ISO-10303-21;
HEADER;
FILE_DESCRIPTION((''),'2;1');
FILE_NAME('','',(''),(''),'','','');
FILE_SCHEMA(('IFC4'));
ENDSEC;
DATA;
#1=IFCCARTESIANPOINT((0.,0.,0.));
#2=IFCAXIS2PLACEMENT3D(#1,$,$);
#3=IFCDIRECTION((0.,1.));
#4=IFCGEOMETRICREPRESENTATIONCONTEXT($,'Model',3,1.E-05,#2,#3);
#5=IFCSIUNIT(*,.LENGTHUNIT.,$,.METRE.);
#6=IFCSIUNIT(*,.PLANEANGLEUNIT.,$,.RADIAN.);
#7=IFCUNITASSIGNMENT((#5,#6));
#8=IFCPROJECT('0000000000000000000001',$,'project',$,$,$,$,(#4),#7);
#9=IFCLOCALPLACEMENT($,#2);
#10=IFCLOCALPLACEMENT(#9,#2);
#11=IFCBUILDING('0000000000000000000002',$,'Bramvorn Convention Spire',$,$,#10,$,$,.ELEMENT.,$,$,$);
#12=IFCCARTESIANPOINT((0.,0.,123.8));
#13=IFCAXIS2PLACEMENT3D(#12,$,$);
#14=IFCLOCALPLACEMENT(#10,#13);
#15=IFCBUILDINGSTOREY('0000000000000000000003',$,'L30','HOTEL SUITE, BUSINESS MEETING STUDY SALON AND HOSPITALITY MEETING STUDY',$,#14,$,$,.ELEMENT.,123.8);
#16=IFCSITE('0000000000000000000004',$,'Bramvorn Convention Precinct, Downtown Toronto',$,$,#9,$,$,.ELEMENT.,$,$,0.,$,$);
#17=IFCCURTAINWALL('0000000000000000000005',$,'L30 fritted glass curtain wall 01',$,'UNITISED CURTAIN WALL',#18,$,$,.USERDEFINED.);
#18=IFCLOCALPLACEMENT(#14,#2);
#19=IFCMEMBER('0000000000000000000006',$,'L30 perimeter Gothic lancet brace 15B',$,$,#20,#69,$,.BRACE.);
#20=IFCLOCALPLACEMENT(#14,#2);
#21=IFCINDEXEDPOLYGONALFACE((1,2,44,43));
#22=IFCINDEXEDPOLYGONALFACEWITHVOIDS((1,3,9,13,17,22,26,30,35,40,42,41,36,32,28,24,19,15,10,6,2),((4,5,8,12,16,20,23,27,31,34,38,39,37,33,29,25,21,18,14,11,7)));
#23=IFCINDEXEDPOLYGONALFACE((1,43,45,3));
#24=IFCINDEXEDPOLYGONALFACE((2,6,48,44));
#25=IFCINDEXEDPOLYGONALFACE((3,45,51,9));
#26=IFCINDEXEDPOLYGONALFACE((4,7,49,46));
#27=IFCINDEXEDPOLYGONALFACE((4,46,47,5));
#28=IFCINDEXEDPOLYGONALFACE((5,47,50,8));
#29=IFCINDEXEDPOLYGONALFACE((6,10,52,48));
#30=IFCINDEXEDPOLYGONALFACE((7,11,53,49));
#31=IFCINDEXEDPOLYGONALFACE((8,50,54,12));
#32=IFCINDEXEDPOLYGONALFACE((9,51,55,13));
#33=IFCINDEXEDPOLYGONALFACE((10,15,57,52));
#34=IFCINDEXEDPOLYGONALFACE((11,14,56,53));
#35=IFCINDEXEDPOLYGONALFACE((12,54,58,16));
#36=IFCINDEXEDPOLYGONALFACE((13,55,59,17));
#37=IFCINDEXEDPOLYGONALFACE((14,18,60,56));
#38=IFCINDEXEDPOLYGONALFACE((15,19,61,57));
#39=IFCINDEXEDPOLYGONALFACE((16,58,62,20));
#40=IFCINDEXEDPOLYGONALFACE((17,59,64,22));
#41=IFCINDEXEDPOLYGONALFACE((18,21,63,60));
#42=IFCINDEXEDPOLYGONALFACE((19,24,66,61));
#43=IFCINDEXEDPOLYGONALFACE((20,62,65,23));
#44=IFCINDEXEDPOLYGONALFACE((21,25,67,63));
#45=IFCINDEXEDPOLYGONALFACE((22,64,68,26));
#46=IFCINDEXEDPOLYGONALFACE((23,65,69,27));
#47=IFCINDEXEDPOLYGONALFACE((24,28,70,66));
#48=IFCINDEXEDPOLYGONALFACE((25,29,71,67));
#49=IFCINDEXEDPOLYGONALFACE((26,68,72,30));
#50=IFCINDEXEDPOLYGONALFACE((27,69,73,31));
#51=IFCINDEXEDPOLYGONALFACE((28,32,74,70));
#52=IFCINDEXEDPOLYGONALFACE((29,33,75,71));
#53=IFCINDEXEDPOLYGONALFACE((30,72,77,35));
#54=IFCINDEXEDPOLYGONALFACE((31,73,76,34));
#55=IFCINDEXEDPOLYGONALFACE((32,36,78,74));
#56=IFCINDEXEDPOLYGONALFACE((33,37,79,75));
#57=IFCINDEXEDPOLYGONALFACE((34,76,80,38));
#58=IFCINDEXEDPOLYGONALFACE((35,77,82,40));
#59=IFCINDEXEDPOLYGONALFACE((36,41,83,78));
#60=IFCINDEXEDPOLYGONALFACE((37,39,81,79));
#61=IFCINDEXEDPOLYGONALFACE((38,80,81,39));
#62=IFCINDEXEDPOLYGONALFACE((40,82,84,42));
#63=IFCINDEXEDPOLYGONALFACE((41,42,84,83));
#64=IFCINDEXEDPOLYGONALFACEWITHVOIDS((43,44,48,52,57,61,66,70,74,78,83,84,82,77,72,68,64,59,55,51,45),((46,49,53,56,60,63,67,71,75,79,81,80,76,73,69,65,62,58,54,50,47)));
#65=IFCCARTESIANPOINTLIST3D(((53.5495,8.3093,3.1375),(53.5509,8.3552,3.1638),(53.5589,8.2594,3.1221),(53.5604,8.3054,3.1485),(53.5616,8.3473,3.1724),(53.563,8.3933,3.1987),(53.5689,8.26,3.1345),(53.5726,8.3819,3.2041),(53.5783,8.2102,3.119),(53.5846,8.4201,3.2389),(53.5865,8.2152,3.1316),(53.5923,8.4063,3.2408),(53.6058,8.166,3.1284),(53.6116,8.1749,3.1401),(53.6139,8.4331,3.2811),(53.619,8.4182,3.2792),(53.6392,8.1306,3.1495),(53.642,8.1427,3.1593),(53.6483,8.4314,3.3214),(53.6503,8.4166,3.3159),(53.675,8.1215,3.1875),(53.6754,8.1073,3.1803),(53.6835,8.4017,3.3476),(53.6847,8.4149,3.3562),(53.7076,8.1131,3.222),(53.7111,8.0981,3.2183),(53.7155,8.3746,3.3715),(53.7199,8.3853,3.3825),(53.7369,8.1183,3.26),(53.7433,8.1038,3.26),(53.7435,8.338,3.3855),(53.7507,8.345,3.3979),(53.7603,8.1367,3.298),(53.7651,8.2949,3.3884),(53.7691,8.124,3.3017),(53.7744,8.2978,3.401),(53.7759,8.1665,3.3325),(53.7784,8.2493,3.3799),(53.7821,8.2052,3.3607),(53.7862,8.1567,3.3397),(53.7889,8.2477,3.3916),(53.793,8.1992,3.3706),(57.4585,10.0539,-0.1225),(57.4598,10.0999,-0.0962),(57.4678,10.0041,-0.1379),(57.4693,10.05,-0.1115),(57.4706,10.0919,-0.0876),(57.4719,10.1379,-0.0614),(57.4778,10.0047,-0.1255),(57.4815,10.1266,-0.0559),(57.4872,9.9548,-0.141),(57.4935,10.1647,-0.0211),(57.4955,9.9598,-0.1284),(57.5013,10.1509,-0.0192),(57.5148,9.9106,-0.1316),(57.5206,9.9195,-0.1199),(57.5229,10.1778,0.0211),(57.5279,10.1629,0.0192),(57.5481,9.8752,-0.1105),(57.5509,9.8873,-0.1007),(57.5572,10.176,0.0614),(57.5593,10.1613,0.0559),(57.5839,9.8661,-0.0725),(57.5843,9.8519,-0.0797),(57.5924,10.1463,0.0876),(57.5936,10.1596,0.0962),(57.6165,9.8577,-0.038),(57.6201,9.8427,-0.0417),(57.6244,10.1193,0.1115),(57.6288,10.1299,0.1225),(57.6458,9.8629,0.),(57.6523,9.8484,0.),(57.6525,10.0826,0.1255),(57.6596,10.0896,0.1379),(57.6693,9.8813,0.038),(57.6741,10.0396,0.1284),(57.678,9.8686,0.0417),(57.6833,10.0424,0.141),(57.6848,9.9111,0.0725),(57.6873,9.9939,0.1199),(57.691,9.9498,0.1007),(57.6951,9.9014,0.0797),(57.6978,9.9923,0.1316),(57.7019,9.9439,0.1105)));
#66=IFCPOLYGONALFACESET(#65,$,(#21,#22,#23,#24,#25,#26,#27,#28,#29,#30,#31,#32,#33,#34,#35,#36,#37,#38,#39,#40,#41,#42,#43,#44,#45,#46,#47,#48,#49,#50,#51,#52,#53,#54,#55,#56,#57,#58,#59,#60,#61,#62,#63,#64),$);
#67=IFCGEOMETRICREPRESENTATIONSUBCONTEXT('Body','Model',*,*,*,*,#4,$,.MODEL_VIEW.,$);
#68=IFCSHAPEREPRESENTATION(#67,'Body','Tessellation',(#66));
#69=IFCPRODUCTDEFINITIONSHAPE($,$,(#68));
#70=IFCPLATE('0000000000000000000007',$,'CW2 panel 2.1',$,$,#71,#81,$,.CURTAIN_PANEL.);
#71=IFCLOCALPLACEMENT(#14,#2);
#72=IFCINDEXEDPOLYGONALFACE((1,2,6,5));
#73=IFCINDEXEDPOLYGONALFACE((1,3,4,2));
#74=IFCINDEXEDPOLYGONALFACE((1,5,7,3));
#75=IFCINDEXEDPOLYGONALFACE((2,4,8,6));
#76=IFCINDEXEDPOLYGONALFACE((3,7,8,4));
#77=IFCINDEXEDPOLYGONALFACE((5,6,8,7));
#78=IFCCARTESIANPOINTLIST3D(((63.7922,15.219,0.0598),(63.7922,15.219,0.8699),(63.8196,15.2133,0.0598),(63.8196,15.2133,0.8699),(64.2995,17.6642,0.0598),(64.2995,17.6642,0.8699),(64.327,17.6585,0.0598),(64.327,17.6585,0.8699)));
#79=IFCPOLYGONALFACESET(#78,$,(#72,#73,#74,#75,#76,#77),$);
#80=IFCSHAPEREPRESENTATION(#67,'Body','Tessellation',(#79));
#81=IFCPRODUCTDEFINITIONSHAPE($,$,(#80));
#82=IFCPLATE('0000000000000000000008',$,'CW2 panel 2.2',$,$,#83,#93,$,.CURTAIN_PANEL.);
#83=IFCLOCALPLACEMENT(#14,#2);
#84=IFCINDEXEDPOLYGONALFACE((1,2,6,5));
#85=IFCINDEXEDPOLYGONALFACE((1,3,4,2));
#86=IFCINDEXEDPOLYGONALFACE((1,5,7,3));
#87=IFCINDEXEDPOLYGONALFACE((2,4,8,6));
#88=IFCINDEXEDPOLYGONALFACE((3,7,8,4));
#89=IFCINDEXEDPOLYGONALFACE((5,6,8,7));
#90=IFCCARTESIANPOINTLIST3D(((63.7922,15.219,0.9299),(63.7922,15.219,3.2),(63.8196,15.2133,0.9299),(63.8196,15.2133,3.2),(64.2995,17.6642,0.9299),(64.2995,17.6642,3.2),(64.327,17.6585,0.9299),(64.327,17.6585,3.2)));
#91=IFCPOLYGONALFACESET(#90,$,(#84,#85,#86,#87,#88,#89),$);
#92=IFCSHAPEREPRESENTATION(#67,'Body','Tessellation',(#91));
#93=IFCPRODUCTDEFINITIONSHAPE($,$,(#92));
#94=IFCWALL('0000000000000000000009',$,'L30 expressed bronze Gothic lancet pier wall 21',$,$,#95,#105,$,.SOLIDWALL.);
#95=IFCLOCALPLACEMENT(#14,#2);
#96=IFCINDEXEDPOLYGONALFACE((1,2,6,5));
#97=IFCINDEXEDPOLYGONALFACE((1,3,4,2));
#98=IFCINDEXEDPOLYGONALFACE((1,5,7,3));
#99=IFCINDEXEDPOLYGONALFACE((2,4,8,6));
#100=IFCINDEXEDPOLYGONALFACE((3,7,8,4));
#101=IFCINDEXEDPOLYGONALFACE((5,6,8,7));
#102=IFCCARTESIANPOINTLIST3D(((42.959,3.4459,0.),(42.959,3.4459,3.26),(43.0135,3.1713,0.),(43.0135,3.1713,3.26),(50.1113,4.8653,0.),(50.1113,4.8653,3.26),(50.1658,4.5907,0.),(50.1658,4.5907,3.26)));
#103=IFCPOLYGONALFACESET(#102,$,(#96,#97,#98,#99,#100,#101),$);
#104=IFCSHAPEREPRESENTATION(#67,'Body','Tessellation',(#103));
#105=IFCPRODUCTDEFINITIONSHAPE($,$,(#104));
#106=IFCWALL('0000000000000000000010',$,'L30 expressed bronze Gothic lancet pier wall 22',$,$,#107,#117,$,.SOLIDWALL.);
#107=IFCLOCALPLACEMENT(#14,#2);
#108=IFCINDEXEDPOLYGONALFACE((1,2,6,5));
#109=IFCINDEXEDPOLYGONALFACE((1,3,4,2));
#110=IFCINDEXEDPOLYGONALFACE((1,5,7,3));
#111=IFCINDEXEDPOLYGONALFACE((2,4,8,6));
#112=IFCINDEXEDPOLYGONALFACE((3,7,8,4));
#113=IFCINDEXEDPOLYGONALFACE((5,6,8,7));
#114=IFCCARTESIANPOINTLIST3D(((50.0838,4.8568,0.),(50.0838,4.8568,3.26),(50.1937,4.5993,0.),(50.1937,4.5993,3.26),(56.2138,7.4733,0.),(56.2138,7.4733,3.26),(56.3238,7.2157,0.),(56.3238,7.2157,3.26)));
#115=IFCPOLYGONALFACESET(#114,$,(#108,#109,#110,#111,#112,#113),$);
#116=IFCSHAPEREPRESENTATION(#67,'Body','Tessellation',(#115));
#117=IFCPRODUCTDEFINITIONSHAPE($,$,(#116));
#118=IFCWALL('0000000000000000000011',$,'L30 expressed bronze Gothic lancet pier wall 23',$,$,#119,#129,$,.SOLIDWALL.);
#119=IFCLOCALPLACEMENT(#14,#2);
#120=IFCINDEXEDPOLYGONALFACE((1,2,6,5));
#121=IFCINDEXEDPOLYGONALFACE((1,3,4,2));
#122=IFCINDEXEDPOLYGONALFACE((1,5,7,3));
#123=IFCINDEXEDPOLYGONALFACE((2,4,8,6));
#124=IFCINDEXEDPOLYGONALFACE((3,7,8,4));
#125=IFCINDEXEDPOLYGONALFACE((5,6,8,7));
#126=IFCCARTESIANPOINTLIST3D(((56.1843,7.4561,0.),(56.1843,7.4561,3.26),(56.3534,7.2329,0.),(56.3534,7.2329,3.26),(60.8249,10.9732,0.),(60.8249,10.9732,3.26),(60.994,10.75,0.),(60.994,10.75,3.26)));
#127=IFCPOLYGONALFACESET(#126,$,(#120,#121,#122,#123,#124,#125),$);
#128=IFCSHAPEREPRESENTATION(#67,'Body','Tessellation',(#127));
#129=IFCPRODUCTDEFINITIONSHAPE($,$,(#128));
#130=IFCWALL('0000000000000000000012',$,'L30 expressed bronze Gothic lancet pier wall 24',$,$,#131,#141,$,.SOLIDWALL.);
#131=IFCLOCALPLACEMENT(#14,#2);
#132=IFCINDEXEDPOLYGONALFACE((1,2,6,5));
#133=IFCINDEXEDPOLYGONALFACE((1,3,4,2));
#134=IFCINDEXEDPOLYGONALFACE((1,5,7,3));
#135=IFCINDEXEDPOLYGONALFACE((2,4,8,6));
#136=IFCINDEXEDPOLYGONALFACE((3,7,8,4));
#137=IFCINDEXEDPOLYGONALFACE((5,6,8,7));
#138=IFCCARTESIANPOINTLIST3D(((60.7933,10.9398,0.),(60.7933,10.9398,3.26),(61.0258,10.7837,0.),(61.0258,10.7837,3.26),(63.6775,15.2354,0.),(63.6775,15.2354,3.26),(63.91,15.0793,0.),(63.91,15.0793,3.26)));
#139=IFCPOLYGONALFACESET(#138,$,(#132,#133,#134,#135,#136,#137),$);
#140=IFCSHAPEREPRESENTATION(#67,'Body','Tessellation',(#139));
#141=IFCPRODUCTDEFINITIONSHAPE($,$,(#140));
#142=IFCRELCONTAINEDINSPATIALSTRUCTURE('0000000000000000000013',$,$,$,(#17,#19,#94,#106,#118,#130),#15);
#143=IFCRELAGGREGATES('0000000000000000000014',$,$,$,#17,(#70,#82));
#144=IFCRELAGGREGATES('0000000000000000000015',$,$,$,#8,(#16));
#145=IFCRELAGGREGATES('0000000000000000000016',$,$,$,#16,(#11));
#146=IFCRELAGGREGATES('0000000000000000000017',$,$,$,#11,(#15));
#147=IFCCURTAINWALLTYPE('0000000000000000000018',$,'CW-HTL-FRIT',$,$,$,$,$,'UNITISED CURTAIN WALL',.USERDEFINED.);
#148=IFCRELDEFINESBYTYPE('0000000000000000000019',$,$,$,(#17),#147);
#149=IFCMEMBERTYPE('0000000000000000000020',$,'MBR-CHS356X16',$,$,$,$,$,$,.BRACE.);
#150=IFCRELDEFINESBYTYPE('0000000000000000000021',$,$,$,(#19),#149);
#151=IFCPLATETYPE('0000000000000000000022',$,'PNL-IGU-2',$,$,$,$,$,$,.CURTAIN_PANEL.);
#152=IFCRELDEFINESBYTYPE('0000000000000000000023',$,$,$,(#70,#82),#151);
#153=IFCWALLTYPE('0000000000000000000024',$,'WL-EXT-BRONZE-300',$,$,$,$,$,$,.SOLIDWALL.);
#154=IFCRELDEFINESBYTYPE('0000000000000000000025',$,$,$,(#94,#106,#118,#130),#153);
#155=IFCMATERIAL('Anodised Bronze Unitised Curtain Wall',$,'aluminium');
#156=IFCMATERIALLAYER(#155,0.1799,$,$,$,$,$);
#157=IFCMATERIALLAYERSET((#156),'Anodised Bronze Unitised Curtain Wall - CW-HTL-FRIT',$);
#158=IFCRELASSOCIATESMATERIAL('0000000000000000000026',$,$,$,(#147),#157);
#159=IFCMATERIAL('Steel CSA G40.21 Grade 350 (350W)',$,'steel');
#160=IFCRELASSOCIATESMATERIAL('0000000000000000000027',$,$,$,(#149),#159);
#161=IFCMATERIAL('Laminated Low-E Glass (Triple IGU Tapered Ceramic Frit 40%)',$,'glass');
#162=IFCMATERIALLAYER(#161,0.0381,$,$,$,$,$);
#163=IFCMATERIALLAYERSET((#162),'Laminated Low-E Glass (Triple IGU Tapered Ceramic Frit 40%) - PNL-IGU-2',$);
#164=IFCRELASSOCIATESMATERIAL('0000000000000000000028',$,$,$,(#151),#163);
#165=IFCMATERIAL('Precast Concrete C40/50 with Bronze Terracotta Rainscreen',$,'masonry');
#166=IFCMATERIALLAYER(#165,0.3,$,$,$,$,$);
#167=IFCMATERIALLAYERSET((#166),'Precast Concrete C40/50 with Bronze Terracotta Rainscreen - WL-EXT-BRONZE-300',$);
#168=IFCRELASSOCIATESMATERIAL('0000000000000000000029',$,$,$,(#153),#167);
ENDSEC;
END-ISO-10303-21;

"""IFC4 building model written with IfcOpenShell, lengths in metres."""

from ifc_helpers import new_model, si_unit, direction, frame, frame_2d, origin, origin_2d, place, context, subcontext, project, spatial, rectangle, hollow_circle, extrude, material, layer, layer_set, material_profile, profile_set, type_object, element, aggregate, save


model = new_model("IFC4")

# Units and contexts
model_context = context("Model", 3, precision=1e-05, world=origin(), true_north=direction((0.0, 1.0)))
body_context = subcontext(model_context, "Body", "Model", "MODEL_VIEW")
ifc_project = project(units=[si_unit("LENGTHUNIT", "METRE"), si_unit("PLANEANGLEUNIT", "RADIAN")], contexts=[model_context])

# Site, building, storey
site_placement = place(None, origin())
site = spatial("IfcSite", under=ifc_project, at=site_placement, Name="Bramvorn Convention Precinct, Downtown Toronto", CompositionType="ELEMENT", RefElevation=0.0)
building_placement = place(site_placement, origin())
building = spatial("IfcBuilding", under=site, at=building_placement, Name="Bramvorn Convention Spire", CompositionType="ELEMENT")
storey_placement = place(building_placement, frame((0.0, 0.0, 123.8)))
storey = spatial("IfcBuildingStorey", under=building, at=storey_placement, Name="L30", Description="HOTEL SUITE, BUSINESS MEETING STUDY SALON AND HOSPITALITY MEETING STUDY", CompositionType="ELEMENT", Elevation=123.8)

# Shared definitions
ifc_material_1 = material(Name="Steel CSA G40.21 Grade 350 (350W)", Category="steel")

# Curtain wall
ifc_material_2 = material(Name="Anodised Bronze Unitised Curtain Wall", Category="aluminium")
ifc_layer_1 = layer(ifc_material_2, 0.1799)
ifc_layer_set_1 = layer_set([ifc_layer_1], Name="Anodised Bronze Unitised Curtain Wall - CW-HTL-FRIT")
curtain_wall_type = type_object("IfcCurtainWallType", Name="CW-HTL-FRIT", ElementType="UNITISED CURTAIN WALL", PredefinedType="USERDEFINED", material=ifc_layer_set_1)
curtain_wall_placement = place(storey_placement, origin())
curtain_wall = element("IfcCurtainWall", 1, at=curtain_wall_placement, inside=storey, type_object=curtain_wall_type, Name="L30 fritted glass curtain wall 01", ObjectType="UNITISED CURTAIN WALL", PredefinedType="USERDEFINED")

# Member
ifc_material_profile_1 = material_profile(ifc_material_1, hollow_circle(Radius=0.1777, WallThickness=0.0159, at=origin_2d()))
ifc_profile_set_1 = profile_set([ifc_material_profile_1], Name="Steel CSA G40.21 Grade 350 (350W) - CHS356X16")
member_type_1 = type_object("IfcMemberType", Name="MBR-CHS356X16", PredefinedType="BRACE", material=ifc_profile_set_1)
member_1_placement = place(storey_placement, frame((57.5798, 10.0107, 0.0), z_axis=(-0.726483, -0.324243, 0.605879), x_axis=(0.407567, -0.913175, 0.0)))
element("IfcMember", 2, at=member_1_placement, inside=storey, type_object=member_type_1, Name="L30 perimeter Gothic lancet brace 15B", PredefinedType="BRACE", context=body_context, shape_type="SweptSolid", body=[
    extrude(hollow_circle(Radius=0.1777, WallThickness=0.0159, at=origin_2d()), origin(), (0.0, 0.0, 1.0), 5.3806),
])

# Plates
ifc_material_3 = material(Name="Laminated Low-E Glass (Triple IGU Tapered Ceramic Frit 40%)", Category="glass")
ifc_layer_2 = layer(ifc_material_3, 0.0381)
ifc_layer_set_2 = layer_set([ifc_layer_2], Name="Laminated Low-E Glass (Triple IGU Tapered Ceramic Frit 40%) - PNL-IGU-2")
plate_type = type_object("IfcPlateType", Name="PNL-IGU-2", PredefinedType="CURTAIN_PANEL", material=ifc_layer_set_2)
plate_1_placement = place(storey_placement, frame((64.0596, 16.4387, 0.0598), z_axis=(0.0, 0.0, 1.0), x_axis=(-0.203154, -0.979147, 0.0)))
plate_1 = element("IfcPlate", 3, at=plate_1_placement, type_object=plate_type, Name="CW2 panel 2.1", PredefinedType="CURTAIN_PANEL", context=body_context, shape_type="SweptSolid", body=[
    extrude(rectangle(XDim=2.4973, YDim=0.0281, at=origin_2d()), origin(), (0.0, 0.0, 1.0), 0.8101),
])
plate_2_placement = place(storey_placement, frame((64.0596, 16.4387, 0.9299), z_axis=(0.0, 0.0, 1.0), x_axis=(-0.203154, -0.979147, 0.0)))
plate_2 = element("IfcPlate", 4, at=plate_2_placement, type_object=plate_type, Name="CW2 panel 2.2", PredefinedType="CURTAIN_PANEL", context=body_context, shape_type="SweptSolid", body=[
    extrude(rectangle(XDim=2.4973, YDim=0.0281, at=origin_2d()), origin(), (0.0, 0.0, 1.0), 2.27),
])
aggregate(curtain_wall, [plate_1, plate_2])

# Walls
ifc_material_4 = material(Name="Precast Concrete C40/50 with Bronze Terracotta Rainscreen", Category="masonry")
ifc_layer_3 = layer(ifc_material_4, 0.3)
ifc_layer_set_3 = layer_set([ifc_layer_3], Name="Precast Concrete C40/50 with Bronze Terracotta Rainscreen - WL-EXT-BRONZE-300")
wall_type = type_object("IfcWallType", Name="WL-EXT-BRONZE-300", PredefinedType="SOLIDWALL", material=ifc_layer_set_3)
wall_1_placement = place(storey_placement, frame((50.1387, 4.728, 0.0), z_axis=(0.0, 0.0, 1.0), x_axis=(-0.980871, -0.194661, 0.0)))
element("IfcWall", 5, at=wall_1_placement, inside=storey, type_object=wall_type, Name="L30 expressed bronze Gothic lancet pier wall 21", PredefinedType="SOLIDWALL", context=body_context, shape_type="SweptSolid", body=[
    extrude(rectangle(XDim=7.2917, YDim=0.28, at=frame_2d((3.646, 0.0))), origin(), (0.0, 0.0, 1.0), 3.26),
])
wall_2_placement = place(storey_placement, frame((56.2688, 7.3445, 0.0), z_axis=(0.0, 0.0, 1.0), x_axis=(-0.919728, -0.392557, 0.0)))
element("IfcWall", 6, at=wall_2_placement, inside=storey, type_object=wall_type, Name="L30 expressed bronze Gothic lancet pier wall 22", PredefinedType="SOLIDWALL", context=body_context, shape_type="SweptSolid", body=[
    extrude(rectangle(XDim=6.665, YDim=0.28, at=frame_2d((3.3325, 0.0))), origin(), (0.0, 0.0, 1.0), 3.26),
])
wall_3_placement = place(storey_placement, frame((60.9094, 10.8616, 0.0), z_axis=(0.0, 0.0, 1.0), x_axis=(-0.796971, -0.604018, 0.0)))
element("IfcWall", 7, at=wall_3_placement, inside=storey, type_object=wall_type, Name="L30 expressed bronze Gothic lancet pier wall 23", PredefinedType="SOLIDWALL", context=body_context, shape_type="SweptSolid", body=[
    extrude(rectangle(XDim=5.8228, YDim=0.28, at=frame_2d((2.9114, 0.0))), origin(), (0.0, 0.0, 1.0), 3.26),
])
wall_4_placement = place(storey_placement, frame((63.7937, 15.1572, 0.0), z_axis=(0.0, 0.0, 1.0), x_axis=(-0.557441, -0.830216, 0.0)))
element("IfcWall", 8, at=wall_4_placement, inside=storey, type_object=wall_type, Name="L30 expressed bronze Gothic lancet pier wall 24", PredefinedType="SOLIDWALL", context=body_context, shape_type="SweptSolid", body=[
    extrude(rectangle(XDim=5.1741, YDim=0.28, at=frame_2d((2.5869, 0.0))), origin(), (0.0, 0.0, 1.0), 3.26),
])

save(model, "model.ifc")
